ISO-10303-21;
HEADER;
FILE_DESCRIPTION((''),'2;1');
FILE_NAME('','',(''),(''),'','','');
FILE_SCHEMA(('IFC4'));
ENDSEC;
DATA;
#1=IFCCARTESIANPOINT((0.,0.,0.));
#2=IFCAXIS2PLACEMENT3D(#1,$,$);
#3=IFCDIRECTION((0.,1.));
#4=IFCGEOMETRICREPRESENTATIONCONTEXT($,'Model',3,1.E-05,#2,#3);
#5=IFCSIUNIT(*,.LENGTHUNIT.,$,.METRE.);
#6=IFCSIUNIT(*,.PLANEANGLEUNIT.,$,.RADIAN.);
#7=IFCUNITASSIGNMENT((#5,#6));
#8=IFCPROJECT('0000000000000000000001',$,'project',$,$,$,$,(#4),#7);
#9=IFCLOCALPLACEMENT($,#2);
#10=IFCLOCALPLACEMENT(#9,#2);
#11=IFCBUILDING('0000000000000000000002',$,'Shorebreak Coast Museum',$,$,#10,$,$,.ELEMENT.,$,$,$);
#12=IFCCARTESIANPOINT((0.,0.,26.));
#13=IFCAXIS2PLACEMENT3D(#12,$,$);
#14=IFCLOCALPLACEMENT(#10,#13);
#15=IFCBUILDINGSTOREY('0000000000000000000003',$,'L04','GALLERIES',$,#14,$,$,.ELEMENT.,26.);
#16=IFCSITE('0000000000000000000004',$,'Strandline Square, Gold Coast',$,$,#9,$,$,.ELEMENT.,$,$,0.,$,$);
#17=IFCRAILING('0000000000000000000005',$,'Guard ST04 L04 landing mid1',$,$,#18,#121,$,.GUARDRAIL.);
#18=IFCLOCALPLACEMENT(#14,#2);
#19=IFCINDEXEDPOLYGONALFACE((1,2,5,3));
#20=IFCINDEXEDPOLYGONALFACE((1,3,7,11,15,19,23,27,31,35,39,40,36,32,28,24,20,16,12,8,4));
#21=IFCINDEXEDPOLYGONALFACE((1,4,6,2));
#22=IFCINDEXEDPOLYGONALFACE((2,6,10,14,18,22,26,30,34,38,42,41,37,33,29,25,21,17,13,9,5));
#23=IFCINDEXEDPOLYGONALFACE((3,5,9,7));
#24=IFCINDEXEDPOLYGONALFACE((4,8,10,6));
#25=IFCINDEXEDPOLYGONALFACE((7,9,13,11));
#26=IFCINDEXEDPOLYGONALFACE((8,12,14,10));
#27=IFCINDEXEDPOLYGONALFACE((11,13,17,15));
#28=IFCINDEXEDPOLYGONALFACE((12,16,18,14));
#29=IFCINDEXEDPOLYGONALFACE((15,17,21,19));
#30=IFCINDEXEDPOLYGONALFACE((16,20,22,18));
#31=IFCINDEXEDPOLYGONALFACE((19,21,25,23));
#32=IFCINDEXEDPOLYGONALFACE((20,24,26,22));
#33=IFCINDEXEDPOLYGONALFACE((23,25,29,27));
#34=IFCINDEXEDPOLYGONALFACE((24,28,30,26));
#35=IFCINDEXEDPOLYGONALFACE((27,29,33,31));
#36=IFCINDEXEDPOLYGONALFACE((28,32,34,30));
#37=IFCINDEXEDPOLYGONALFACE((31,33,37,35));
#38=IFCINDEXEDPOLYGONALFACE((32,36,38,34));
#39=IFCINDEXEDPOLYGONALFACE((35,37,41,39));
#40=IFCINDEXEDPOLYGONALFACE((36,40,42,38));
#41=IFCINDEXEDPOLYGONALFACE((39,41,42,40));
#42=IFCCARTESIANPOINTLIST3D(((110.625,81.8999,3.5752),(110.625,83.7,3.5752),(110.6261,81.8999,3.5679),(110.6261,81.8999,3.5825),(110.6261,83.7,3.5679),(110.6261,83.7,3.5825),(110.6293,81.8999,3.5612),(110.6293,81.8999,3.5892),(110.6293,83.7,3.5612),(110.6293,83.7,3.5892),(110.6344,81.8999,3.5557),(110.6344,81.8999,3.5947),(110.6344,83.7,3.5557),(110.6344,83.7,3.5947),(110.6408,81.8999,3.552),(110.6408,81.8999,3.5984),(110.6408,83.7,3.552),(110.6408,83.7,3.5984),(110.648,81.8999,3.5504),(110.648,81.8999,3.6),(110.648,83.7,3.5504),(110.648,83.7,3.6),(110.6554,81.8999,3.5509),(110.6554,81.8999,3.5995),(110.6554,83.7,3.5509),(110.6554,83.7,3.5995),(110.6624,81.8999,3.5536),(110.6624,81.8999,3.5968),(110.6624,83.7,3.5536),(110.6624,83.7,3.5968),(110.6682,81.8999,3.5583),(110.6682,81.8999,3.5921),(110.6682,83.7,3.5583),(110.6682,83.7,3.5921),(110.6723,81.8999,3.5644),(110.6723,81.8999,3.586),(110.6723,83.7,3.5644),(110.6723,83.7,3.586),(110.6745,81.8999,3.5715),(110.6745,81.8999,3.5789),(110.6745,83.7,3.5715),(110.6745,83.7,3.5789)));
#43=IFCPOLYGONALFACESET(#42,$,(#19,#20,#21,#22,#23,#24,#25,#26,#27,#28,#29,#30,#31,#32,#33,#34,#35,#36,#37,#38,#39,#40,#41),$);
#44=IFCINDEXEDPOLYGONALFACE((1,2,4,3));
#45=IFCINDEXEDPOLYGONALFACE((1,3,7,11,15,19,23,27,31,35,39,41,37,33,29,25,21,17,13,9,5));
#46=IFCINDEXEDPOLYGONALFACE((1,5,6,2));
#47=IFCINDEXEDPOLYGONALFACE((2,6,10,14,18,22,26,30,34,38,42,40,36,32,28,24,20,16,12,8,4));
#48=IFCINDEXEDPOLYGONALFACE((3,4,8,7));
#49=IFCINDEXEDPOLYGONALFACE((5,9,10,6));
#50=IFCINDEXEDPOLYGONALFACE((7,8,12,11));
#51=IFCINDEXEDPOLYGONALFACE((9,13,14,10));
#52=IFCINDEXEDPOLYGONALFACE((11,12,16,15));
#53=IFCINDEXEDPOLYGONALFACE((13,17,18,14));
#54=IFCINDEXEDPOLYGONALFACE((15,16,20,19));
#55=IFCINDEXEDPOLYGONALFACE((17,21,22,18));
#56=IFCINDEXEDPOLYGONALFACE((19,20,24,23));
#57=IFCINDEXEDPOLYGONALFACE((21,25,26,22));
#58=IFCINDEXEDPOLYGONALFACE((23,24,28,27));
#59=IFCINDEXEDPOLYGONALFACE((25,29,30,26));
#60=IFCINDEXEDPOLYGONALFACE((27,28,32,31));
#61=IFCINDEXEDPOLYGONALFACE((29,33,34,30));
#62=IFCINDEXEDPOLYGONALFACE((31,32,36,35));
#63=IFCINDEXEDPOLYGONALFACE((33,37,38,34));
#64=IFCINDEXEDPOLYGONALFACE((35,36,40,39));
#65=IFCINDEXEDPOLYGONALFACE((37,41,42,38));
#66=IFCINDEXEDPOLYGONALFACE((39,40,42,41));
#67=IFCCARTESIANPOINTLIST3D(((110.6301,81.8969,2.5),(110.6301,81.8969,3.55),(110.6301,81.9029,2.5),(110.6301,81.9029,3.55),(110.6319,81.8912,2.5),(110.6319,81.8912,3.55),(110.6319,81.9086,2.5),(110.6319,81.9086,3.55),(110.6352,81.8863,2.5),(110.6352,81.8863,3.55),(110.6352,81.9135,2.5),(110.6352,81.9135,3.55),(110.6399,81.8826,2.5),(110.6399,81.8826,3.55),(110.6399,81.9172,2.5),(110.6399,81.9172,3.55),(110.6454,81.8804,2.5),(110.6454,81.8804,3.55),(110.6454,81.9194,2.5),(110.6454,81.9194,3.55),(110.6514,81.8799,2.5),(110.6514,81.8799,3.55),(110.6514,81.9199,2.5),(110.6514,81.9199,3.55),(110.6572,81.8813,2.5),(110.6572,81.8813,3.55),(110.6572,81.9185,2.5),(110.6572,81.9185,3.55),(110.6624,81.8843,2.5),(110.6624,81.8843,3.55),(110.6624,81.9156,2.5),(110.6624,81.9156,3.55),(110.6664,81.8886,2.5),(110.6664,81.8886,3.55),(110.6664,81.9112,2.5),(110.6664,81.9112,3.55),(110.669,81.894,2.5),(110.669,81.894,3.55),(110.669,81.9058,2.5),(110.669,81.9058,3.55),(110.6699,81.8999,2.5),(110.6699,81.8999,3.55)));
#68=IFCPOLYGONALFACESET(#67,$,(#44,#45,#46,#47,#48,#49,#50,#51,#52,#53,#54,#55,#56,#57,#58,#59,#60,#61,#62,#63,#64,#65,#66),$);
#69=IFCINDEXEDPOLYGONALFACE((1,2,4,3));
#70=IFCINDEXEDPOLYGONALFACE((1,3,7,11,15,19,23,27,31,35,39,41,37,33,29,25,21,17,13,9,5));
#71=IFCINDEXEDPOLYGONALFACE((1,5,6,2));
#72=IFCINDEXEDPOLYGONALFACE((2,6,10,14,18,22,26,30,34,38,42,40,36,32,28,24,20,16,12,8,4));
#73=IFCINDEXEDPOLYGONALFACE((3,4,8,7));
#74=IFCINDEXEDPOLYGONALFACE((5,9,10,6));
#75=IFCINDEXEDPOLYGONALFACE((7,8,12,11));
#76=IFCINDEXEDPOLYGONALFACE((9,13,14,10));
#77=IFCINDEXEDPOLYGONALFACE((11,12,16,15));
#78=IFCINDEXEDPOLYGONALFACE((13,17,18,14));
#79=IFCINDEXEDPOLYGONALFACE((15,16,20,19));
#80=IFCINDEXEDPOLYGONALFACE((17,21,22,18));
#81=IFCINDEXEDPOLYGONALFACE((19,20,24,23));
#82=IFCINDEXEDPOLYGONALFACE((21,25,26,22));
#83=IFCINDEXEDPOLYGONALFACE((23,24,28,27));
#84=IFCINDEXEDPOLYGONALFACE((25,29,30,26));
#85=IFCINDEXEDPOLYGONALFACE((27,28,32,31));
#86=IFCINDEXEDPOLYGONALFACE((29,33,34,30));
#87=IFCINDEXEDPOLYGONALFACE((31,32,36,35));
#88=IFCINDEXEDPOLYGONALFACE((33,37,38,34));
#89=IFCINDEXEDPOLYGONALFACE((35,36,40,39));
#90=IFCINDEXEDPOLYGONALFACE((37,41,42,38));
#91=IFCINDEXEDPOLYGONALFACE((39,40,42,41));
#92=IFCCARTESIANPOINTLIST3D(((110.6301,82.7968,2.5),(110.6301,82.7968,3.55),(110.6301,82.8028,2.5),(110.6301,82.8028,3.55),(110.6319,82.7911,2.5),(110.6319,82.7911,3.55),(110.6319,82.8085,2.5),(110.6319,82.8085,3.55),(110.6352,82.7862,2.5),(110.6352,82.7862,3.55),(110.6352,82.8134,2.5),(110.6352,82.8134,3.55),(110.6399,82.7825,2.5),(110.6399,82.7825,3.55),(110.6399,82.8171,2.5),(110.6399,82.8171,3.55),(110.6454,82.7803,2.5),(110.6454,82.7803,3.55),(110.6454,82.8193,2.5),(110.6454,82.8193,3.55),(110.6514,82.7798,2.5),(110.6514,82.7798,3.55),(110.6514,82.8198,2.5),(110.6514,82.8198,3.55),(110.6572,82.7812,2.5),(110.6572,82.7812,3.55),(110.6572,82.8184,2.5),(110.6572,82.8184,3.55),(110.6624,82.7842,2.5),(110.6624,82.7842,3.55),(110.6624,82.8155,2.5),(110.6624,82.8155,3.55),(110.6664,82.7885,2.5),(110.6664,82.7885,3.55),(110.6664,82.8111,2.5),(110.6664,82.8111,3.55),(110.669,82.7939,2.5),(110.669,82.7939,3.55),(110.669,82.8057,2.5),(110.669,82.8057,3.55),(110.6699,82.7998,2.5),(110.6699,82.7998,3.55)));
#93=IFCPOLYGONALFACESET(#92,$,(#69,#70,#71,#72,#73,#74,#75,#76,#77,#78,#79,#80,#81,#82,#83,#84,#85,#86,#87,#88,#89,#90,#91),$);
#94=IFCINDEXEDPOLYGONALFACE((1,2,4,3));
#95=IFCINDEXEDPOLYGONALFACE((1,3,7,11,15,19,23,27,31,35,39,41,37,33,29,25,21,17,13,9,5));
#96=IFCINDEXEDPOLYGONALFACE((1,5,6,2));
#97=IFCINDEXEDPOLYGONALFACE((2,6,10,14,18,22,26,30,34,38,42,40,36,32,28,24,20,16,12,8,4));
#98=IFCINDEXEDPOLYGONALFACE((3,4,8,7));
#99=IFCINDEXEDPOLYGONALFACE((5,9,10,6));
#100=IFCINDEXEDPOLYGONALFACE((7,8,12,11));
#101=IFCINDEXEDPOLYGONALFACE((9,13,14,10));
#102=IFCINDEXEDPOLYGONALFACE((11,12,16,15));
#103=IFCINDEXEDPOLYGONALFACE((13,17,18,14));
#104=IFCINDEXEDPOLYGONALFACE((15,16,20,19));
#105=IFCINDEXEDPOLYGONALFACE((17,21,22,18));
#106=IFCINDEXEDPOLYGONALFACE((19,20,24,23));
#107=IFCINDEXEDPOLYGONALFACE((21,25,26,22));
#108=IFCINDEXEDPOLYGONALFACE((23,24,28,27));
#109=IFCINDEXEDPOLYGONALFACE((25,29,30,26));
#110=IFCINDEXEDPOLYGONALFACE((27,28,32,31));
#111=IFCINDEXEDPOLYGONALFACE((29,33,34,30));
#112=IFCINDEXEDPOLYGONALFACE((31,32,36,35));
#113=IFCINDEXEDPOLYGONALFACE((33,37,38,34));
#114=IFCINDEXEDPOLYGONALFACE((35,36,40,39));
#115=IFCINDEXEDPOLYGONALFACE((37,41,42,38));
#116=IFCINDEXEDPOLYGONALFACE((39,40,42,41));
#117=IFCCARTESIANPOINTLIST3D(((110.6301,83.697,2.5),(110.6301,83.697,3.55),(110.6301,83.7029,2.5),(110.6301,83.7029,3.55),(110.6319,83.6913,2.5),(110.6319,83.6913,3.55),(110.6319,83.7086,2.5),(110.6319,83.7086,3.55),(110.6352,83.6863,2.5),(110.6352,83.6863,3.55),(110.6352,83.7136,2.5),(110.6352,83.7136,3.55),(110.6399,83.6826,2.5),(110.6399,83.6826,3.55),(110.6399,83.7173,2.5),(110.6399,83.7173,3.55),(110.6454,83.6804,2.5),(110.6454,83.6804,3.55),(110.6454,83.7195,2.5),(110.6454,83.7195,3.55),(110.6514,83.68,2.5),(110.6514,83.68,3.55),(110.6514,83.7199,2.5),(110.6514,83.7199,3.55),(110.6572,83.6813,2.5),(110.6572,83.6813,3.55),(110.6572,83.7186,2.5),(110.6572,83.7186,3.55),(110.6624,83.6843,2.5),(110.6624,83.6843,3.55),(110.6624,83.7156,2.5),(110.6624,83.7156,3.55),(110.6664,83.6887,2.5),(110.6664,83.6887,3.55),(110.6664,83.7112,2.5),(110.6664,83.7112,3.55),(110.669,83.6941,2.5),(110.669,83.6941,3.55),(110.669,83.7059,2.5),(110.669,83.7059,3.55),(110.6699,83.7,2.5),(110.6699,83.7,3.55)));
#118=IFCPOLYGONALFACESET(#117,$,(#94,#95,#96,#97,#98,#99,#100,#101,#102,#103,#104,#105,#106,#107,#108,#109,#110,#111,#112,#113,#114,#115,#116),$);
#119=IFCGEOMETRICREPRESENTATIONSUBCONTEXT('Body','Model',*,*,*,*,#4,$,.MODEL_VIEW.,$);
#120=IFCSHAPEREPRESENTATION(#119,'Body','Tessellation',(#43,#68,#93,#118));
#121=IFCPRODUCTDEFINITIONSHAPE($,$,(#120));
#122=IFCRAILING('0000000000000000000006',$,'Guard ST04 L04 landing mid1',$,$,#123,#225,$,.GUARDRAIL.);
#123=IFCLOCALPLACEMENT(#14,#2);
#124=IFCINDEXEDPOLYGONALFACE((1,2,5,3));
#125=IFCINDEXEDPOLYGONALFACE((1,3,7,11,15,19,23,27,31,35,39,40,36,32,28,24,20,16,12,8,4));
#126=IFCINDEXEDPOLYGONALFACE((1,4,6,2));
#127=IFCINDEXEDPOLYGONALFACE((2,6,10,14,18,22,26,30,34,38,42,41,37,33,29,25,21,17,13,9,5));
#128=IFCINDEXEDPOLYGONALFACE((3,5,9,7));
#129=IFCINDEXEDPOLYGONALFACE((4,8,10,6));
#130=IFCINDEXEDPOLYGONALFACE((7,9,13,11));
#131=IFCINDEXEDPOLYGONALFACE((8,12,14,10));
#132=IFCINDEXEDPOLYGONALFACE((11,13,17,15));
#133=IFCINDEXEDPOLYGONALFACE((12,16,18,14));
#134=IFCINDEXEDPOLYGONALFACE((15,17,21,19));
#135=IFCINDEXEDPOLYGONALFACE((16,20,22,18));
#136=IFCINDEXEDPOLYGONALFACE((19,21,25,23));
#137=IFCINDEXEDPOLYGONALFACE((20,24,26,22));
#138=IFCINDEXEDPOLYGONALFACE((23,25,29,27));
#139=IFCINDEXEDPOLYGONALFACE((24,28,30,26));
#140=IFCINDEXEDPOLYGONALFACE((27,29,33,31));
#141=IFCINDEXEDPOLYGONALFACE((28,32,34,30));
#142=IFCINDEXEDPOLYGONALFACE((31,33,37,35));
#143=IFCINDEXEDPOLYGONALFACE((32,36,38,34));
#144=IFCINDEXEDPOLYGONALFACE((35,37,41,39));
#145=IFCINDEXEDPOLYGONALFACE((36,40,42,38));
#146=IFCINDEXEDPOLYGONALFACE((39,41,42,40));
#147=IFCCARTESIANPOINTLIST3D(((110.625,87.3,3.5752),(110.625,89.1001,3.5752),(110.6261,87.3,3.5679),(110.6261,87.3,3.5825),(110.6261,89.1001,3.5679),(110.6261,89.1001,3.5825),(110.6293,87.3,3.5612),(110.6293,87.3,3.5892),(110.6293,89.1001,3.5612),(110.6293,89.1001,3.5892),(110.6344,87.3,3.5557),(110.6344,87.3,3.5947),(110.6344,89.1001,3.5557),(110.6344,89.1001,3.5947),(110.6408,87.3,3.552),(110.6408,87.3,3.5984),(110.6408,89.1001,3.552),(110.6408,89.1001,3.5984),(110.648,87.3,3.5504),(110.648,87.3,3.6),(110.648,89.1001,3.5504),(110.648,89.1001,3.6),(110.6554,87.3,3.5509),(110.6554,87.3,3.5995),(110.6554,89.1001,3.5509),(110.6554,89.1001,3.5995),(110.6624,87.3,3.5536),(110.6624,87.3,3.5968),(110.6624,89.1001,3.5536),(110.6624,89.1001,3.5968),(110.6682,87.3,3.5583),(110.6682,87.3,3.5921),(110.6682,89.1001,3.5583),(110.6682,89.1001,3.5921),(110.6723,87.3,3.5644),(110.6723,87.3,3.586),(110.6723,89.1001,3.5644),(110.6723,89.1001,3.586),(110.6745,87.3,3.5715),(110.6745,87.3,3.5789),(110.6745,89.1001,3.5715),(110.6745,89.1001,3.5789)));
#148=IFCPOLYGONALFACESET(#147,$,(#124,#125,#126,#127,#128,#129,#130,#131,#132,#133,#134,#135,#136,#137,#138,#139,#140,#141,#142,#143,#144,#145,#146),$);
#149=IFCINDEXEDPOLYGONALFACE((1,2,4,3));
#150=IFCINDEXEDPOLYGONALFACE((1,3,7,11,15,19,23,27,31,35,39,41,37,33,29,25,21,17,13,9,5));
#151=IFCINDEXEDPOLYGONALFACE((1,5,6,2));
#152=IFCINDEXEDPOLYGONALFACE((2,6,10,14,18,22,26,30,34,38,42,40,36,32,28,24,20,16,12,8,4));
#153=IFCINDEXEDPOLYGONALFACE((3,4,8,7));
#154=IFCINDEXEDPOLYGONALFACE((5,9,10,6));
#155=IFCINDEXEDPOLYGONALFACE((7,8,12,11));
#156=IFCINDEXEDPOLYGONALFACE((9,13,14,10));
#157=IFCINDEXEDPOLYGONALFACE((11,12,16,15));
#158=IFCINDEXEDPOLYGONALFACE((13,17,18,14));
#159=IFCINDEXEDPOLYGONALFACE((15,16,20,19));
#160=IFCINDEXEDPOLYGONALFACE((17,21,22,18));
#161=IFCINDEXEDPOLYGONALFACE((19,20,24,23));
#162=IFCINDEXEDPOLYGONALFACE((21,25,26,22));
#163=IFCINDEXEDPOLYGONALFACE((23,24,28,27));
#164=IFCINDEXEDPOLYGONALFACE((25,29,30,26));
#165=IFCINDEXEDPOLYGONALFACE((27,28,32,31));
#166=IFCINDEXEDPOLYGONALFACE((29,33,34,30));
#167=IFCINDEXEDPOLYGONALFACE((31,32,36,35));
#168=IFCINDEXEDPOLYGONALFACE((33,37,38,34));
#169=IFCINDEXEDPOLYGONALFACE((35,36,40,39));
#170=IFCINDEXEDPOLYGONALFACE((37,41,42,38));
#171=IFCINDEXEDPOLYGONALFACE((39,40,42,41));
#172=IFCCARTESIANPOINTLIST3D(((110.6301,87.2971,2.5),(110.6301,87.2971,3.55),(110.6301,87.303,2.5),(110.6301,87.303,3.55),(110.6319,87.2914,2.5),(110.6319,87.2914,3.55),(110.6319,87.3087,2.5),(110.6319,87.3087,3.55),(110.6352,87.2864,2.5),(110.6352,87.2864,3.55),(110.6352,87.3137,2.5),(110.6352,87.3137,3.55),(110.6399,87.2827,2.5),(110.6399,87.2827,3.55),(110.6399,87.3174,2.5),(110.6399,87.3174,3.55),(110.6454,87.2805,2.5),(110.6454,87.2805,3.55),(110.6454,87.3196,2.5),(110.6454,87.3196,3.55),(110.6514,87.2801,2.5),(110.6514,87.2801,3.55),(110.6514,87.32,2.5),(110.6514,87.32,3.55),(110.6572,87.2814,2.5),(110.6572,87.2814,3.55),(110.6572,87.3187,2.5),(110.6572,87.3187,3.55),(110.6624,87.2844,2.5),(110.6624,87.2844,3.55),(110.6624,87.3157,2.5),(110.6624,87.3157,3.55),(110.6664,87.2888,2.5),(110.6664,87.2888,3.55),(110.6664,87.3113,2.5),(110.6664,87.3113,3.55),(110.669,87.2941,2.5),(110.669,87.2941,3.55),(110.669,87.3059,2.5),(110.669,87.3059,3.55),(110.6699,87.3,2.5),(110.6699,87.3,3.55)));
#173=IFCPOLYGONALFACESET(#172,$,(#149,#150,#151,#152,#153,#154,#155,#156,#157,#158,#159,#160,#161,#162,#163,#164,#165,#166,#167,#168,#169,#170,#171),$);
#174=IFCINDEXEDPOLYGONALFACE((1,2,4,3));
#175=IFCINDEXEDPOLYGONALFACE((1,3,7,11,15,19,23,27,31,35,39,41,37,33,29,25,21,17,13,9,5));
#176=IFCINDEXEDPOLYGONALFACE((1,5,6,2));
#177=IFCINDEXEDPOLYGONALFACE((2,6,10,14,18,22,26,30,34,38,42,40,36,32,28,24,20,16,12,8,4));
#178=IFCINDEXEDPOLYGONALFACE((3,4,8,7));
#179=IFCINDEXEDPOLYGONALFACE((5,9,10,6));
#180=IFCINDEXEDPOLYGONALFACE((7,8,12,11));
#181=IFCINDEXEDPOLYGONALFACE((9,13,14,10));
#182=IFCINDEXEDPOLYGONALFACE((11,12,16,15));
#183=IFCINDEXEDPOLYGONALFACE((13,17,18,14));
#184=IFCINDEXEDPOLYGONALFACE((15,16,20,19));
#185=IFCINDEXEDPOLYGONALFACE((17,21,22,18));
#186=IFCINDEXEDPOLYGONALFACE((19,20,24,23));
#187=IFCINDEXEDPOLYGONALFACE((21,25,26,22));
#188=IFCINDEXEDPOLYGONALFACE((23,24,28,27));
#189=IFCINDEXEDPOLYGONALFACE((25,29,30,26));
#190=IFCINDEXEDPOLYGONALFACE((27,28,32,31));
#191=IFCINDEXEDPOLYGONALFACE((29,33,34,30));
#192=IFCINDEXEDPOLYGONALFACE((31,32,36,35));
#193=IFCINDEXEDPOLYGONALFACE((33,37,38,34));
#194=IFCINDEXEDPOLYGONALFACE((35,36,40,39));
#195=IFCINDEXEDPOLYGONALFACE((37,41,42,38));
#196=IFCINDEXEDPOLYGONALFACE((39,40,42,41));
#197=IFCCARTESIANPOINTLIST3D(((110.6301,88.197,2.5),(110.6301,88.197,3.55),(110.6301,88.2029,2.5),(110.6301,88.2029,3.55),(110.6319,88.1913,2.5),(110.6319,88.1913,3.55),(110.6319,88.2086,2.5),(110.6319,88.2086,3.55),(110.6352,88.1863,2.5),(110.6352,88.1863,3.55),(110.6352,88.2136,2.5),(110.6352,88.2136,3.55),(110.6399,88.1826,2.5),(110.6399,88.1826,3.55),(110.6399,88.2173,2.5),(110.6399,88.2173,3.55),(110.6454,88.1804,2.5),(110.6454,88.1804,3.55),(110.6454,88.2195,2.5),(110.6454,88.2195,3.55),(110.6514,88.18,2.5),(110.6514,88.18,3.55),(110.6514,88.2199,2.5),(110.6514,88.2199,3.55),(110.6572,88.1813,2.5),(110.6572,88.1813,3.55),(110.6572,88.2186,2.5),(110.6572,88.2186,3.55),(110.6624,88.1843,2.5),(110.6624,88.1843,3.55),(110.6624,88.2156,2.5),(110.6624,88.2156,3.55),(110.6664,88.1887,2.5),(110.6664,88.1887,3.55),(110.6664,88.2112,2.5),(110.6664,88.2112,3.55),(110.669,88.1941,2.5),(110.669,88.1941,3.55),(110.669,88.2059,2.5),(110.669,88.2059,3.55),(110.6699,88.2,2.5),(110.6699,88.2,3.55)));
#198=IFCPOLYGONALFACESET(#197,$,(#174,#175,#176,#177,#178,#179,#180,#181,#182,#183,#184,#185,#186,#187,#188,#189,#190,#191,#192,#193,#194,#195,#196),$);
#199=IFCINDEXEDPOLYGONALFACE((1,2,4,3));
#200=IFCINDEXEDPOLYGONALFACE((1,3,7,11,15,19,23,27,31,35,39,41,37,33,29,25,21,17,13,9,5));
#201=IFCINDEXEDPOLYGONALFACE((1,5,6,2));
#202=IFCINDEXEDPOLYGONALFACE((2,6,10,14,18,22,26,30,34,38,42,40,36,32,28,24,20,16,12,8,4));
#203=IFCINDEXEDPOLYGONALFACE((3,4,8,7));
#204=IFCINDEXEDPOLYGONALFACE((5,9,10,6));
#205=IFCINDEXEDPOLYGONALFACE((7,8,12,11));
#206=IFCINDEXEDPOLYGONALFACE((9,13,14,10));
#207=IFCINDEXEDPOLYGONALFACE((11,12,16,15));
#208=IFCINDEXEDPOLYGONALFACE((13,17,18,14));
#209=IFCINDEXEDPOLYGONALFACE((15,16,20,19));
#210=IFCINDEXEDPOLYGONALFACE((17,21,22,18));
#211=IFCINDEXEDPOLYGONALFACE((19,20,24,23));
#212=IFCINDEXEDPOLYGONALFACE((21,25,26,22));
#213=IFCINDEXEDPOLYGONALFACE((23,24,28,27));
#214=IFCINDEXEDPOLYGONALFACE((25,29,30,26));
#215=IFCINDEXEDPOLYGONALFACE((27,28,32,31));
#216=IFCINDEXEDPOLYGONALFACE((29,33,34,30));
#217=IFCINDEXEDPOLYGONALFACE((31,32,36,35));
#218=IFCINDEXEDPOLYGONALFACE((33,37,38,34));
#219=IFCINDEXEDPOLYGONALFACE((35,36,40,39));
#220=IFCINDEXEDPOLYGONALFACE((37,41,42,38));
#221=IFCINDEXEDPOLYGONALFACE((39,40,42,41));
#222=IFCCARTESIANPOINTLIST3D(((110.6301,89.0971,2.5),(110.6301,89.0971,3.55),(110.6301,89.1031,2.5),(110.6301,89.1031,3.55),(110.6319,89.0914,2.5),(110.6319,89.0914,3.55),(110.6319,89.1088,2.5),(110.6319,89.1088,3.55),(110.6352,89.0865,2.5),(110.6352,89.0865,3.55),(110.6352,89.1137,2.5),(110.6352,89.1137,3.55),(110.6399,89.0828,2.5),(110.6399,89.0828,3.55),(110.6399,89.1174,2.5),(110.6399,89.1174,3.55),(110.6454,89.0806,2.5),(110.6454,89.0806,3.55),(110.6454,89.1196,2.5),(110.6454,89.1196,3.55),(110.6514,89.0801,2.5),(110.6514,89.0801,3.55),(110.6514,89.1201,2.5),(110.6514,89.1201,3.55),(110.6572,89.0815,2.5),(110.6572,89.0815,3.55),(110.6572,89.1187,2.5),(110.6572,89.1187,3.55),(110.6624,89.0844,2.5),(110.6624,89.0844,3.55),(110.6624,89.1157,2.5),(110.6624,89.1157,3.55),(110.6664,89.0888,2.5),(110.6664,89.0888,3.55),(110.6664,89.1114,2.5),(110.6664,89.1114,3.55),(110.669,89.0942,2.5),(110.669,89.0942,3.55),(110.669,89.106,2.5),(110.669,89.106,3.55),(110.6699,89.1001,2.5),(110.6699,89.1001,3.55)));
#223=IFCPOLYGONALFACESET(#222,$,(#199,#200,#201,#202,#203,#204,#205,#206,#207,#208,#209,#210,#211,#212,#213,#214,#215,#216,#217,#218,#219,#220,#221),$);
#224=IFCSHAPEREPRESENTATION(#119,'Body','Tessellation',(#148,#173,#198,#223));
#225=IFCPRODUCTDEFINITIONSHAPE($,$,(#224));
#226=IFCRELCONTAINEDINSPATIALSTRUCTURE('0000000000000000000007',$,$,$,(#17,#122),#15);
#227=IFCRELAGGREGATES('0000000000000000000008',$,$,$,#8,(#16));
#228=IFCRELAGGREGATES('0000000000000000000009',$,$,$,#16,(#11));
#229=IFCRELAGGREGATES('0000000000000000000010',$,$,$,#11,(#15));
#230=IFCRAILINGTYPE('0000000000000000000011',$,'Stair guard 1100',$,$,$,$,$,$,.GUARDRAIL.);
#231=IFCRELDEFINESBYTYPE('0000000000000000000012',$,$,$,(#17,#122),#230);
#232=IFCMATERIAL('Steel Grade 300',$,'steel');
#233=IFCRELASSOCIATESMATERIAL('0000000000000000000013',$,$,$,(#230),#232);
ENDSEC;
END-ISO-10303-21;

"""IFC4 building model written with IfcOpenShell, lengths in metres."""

from ifc_helpers import new_model, si_unit, direction, frame, origin, origin_2d, place, context, subcontext, project, spatial, circle, extrude, material, type_object, element, save


model = new_model("IFC4")

# Units and contexts
model_context = context("Model", 3, precision=1e-05, world=origin(), true_north=direction((0.0, 1.0)))
body_context = subcontext(model_context, "Body", "Model", "MODEL_VIEW")
ifc_project = project(units=[si_unit("LENGTHUNIT", "METRE"), si_unit("PLANEANGLEUNIT", "RADIAN")], contexts=[model_context])

# Site, building, storey
site_placement = place(None, origin())
site = spatial("IfcSite", under=ifc_project, at=site_placement, Name="Strandline Square, Gold Coast", CompositionType="ELEMENT", RefElevation=0.0)
building_placement = place(site_placement, origin())
building = spatial("IfcBuilding", under=site, at=building_placement, Name="Shorebreak Coast Museum", CompositionType="ELEMENT")
storey_placement = place(building_placement, frame((0.0, 0.0, 26.0)))
storey = spatial("IfcBuildingStorey", under=building, at=storey_placement, Name="L04", Description="GALLERIES", CompositionType="ELEMENT", Elevation=26.0)

# Railings
ifc_material_1 = material(Name="Steel Grade 300", Category="steel")
railing_type_1 = type_object("IfcRailingType", Name="Stair guard 1100", PredefinedType="GUARDRAIL", material=ifc_material_1)
for number, where, name in (
    (1, (110.6499, 81.8999, 2.5), "Guard ST04 L04 landing mid1"),
    (2, (110.6499, 87.3, 2.5), "Guard ST04 L04 landing mid1"),
):
    element("IfcRailing", number, at=place(storey_placement, frame(where)), inside=storey, type_object=railing_type_1, Name=name, PredefinedType="GUARDRAIL", context=body_context, shape_type="SweptSolid", body=[
        extrude(circle(Radius=0.0249, at=origin_2d()), frame((0.0, 0.0, 1.0752), z_axis=(0.0, 1.0, 0.0), x_axis=(-1.0, 0.0, 0.0)), (0.0, 0.0, 1.0), 1.8),
        extrude(circle(Radius=0.02, at=origin_2d()), origin(), (0.0, 0.0, 1.0), 1.05),
        extrude(circle(Radius=0.02, at=origin_2d()), frame((0.0, 0.8999, 0.0)), (0.0, 0.0, 1.0), 1.05),
        extrude(circle(Radius=0.02, at=origin_2d()), frame((0.0, 1.8, 0.0)), (0.0, 0.0, 1.0), 1.05),
    ])

save(model, "model.ifc")
